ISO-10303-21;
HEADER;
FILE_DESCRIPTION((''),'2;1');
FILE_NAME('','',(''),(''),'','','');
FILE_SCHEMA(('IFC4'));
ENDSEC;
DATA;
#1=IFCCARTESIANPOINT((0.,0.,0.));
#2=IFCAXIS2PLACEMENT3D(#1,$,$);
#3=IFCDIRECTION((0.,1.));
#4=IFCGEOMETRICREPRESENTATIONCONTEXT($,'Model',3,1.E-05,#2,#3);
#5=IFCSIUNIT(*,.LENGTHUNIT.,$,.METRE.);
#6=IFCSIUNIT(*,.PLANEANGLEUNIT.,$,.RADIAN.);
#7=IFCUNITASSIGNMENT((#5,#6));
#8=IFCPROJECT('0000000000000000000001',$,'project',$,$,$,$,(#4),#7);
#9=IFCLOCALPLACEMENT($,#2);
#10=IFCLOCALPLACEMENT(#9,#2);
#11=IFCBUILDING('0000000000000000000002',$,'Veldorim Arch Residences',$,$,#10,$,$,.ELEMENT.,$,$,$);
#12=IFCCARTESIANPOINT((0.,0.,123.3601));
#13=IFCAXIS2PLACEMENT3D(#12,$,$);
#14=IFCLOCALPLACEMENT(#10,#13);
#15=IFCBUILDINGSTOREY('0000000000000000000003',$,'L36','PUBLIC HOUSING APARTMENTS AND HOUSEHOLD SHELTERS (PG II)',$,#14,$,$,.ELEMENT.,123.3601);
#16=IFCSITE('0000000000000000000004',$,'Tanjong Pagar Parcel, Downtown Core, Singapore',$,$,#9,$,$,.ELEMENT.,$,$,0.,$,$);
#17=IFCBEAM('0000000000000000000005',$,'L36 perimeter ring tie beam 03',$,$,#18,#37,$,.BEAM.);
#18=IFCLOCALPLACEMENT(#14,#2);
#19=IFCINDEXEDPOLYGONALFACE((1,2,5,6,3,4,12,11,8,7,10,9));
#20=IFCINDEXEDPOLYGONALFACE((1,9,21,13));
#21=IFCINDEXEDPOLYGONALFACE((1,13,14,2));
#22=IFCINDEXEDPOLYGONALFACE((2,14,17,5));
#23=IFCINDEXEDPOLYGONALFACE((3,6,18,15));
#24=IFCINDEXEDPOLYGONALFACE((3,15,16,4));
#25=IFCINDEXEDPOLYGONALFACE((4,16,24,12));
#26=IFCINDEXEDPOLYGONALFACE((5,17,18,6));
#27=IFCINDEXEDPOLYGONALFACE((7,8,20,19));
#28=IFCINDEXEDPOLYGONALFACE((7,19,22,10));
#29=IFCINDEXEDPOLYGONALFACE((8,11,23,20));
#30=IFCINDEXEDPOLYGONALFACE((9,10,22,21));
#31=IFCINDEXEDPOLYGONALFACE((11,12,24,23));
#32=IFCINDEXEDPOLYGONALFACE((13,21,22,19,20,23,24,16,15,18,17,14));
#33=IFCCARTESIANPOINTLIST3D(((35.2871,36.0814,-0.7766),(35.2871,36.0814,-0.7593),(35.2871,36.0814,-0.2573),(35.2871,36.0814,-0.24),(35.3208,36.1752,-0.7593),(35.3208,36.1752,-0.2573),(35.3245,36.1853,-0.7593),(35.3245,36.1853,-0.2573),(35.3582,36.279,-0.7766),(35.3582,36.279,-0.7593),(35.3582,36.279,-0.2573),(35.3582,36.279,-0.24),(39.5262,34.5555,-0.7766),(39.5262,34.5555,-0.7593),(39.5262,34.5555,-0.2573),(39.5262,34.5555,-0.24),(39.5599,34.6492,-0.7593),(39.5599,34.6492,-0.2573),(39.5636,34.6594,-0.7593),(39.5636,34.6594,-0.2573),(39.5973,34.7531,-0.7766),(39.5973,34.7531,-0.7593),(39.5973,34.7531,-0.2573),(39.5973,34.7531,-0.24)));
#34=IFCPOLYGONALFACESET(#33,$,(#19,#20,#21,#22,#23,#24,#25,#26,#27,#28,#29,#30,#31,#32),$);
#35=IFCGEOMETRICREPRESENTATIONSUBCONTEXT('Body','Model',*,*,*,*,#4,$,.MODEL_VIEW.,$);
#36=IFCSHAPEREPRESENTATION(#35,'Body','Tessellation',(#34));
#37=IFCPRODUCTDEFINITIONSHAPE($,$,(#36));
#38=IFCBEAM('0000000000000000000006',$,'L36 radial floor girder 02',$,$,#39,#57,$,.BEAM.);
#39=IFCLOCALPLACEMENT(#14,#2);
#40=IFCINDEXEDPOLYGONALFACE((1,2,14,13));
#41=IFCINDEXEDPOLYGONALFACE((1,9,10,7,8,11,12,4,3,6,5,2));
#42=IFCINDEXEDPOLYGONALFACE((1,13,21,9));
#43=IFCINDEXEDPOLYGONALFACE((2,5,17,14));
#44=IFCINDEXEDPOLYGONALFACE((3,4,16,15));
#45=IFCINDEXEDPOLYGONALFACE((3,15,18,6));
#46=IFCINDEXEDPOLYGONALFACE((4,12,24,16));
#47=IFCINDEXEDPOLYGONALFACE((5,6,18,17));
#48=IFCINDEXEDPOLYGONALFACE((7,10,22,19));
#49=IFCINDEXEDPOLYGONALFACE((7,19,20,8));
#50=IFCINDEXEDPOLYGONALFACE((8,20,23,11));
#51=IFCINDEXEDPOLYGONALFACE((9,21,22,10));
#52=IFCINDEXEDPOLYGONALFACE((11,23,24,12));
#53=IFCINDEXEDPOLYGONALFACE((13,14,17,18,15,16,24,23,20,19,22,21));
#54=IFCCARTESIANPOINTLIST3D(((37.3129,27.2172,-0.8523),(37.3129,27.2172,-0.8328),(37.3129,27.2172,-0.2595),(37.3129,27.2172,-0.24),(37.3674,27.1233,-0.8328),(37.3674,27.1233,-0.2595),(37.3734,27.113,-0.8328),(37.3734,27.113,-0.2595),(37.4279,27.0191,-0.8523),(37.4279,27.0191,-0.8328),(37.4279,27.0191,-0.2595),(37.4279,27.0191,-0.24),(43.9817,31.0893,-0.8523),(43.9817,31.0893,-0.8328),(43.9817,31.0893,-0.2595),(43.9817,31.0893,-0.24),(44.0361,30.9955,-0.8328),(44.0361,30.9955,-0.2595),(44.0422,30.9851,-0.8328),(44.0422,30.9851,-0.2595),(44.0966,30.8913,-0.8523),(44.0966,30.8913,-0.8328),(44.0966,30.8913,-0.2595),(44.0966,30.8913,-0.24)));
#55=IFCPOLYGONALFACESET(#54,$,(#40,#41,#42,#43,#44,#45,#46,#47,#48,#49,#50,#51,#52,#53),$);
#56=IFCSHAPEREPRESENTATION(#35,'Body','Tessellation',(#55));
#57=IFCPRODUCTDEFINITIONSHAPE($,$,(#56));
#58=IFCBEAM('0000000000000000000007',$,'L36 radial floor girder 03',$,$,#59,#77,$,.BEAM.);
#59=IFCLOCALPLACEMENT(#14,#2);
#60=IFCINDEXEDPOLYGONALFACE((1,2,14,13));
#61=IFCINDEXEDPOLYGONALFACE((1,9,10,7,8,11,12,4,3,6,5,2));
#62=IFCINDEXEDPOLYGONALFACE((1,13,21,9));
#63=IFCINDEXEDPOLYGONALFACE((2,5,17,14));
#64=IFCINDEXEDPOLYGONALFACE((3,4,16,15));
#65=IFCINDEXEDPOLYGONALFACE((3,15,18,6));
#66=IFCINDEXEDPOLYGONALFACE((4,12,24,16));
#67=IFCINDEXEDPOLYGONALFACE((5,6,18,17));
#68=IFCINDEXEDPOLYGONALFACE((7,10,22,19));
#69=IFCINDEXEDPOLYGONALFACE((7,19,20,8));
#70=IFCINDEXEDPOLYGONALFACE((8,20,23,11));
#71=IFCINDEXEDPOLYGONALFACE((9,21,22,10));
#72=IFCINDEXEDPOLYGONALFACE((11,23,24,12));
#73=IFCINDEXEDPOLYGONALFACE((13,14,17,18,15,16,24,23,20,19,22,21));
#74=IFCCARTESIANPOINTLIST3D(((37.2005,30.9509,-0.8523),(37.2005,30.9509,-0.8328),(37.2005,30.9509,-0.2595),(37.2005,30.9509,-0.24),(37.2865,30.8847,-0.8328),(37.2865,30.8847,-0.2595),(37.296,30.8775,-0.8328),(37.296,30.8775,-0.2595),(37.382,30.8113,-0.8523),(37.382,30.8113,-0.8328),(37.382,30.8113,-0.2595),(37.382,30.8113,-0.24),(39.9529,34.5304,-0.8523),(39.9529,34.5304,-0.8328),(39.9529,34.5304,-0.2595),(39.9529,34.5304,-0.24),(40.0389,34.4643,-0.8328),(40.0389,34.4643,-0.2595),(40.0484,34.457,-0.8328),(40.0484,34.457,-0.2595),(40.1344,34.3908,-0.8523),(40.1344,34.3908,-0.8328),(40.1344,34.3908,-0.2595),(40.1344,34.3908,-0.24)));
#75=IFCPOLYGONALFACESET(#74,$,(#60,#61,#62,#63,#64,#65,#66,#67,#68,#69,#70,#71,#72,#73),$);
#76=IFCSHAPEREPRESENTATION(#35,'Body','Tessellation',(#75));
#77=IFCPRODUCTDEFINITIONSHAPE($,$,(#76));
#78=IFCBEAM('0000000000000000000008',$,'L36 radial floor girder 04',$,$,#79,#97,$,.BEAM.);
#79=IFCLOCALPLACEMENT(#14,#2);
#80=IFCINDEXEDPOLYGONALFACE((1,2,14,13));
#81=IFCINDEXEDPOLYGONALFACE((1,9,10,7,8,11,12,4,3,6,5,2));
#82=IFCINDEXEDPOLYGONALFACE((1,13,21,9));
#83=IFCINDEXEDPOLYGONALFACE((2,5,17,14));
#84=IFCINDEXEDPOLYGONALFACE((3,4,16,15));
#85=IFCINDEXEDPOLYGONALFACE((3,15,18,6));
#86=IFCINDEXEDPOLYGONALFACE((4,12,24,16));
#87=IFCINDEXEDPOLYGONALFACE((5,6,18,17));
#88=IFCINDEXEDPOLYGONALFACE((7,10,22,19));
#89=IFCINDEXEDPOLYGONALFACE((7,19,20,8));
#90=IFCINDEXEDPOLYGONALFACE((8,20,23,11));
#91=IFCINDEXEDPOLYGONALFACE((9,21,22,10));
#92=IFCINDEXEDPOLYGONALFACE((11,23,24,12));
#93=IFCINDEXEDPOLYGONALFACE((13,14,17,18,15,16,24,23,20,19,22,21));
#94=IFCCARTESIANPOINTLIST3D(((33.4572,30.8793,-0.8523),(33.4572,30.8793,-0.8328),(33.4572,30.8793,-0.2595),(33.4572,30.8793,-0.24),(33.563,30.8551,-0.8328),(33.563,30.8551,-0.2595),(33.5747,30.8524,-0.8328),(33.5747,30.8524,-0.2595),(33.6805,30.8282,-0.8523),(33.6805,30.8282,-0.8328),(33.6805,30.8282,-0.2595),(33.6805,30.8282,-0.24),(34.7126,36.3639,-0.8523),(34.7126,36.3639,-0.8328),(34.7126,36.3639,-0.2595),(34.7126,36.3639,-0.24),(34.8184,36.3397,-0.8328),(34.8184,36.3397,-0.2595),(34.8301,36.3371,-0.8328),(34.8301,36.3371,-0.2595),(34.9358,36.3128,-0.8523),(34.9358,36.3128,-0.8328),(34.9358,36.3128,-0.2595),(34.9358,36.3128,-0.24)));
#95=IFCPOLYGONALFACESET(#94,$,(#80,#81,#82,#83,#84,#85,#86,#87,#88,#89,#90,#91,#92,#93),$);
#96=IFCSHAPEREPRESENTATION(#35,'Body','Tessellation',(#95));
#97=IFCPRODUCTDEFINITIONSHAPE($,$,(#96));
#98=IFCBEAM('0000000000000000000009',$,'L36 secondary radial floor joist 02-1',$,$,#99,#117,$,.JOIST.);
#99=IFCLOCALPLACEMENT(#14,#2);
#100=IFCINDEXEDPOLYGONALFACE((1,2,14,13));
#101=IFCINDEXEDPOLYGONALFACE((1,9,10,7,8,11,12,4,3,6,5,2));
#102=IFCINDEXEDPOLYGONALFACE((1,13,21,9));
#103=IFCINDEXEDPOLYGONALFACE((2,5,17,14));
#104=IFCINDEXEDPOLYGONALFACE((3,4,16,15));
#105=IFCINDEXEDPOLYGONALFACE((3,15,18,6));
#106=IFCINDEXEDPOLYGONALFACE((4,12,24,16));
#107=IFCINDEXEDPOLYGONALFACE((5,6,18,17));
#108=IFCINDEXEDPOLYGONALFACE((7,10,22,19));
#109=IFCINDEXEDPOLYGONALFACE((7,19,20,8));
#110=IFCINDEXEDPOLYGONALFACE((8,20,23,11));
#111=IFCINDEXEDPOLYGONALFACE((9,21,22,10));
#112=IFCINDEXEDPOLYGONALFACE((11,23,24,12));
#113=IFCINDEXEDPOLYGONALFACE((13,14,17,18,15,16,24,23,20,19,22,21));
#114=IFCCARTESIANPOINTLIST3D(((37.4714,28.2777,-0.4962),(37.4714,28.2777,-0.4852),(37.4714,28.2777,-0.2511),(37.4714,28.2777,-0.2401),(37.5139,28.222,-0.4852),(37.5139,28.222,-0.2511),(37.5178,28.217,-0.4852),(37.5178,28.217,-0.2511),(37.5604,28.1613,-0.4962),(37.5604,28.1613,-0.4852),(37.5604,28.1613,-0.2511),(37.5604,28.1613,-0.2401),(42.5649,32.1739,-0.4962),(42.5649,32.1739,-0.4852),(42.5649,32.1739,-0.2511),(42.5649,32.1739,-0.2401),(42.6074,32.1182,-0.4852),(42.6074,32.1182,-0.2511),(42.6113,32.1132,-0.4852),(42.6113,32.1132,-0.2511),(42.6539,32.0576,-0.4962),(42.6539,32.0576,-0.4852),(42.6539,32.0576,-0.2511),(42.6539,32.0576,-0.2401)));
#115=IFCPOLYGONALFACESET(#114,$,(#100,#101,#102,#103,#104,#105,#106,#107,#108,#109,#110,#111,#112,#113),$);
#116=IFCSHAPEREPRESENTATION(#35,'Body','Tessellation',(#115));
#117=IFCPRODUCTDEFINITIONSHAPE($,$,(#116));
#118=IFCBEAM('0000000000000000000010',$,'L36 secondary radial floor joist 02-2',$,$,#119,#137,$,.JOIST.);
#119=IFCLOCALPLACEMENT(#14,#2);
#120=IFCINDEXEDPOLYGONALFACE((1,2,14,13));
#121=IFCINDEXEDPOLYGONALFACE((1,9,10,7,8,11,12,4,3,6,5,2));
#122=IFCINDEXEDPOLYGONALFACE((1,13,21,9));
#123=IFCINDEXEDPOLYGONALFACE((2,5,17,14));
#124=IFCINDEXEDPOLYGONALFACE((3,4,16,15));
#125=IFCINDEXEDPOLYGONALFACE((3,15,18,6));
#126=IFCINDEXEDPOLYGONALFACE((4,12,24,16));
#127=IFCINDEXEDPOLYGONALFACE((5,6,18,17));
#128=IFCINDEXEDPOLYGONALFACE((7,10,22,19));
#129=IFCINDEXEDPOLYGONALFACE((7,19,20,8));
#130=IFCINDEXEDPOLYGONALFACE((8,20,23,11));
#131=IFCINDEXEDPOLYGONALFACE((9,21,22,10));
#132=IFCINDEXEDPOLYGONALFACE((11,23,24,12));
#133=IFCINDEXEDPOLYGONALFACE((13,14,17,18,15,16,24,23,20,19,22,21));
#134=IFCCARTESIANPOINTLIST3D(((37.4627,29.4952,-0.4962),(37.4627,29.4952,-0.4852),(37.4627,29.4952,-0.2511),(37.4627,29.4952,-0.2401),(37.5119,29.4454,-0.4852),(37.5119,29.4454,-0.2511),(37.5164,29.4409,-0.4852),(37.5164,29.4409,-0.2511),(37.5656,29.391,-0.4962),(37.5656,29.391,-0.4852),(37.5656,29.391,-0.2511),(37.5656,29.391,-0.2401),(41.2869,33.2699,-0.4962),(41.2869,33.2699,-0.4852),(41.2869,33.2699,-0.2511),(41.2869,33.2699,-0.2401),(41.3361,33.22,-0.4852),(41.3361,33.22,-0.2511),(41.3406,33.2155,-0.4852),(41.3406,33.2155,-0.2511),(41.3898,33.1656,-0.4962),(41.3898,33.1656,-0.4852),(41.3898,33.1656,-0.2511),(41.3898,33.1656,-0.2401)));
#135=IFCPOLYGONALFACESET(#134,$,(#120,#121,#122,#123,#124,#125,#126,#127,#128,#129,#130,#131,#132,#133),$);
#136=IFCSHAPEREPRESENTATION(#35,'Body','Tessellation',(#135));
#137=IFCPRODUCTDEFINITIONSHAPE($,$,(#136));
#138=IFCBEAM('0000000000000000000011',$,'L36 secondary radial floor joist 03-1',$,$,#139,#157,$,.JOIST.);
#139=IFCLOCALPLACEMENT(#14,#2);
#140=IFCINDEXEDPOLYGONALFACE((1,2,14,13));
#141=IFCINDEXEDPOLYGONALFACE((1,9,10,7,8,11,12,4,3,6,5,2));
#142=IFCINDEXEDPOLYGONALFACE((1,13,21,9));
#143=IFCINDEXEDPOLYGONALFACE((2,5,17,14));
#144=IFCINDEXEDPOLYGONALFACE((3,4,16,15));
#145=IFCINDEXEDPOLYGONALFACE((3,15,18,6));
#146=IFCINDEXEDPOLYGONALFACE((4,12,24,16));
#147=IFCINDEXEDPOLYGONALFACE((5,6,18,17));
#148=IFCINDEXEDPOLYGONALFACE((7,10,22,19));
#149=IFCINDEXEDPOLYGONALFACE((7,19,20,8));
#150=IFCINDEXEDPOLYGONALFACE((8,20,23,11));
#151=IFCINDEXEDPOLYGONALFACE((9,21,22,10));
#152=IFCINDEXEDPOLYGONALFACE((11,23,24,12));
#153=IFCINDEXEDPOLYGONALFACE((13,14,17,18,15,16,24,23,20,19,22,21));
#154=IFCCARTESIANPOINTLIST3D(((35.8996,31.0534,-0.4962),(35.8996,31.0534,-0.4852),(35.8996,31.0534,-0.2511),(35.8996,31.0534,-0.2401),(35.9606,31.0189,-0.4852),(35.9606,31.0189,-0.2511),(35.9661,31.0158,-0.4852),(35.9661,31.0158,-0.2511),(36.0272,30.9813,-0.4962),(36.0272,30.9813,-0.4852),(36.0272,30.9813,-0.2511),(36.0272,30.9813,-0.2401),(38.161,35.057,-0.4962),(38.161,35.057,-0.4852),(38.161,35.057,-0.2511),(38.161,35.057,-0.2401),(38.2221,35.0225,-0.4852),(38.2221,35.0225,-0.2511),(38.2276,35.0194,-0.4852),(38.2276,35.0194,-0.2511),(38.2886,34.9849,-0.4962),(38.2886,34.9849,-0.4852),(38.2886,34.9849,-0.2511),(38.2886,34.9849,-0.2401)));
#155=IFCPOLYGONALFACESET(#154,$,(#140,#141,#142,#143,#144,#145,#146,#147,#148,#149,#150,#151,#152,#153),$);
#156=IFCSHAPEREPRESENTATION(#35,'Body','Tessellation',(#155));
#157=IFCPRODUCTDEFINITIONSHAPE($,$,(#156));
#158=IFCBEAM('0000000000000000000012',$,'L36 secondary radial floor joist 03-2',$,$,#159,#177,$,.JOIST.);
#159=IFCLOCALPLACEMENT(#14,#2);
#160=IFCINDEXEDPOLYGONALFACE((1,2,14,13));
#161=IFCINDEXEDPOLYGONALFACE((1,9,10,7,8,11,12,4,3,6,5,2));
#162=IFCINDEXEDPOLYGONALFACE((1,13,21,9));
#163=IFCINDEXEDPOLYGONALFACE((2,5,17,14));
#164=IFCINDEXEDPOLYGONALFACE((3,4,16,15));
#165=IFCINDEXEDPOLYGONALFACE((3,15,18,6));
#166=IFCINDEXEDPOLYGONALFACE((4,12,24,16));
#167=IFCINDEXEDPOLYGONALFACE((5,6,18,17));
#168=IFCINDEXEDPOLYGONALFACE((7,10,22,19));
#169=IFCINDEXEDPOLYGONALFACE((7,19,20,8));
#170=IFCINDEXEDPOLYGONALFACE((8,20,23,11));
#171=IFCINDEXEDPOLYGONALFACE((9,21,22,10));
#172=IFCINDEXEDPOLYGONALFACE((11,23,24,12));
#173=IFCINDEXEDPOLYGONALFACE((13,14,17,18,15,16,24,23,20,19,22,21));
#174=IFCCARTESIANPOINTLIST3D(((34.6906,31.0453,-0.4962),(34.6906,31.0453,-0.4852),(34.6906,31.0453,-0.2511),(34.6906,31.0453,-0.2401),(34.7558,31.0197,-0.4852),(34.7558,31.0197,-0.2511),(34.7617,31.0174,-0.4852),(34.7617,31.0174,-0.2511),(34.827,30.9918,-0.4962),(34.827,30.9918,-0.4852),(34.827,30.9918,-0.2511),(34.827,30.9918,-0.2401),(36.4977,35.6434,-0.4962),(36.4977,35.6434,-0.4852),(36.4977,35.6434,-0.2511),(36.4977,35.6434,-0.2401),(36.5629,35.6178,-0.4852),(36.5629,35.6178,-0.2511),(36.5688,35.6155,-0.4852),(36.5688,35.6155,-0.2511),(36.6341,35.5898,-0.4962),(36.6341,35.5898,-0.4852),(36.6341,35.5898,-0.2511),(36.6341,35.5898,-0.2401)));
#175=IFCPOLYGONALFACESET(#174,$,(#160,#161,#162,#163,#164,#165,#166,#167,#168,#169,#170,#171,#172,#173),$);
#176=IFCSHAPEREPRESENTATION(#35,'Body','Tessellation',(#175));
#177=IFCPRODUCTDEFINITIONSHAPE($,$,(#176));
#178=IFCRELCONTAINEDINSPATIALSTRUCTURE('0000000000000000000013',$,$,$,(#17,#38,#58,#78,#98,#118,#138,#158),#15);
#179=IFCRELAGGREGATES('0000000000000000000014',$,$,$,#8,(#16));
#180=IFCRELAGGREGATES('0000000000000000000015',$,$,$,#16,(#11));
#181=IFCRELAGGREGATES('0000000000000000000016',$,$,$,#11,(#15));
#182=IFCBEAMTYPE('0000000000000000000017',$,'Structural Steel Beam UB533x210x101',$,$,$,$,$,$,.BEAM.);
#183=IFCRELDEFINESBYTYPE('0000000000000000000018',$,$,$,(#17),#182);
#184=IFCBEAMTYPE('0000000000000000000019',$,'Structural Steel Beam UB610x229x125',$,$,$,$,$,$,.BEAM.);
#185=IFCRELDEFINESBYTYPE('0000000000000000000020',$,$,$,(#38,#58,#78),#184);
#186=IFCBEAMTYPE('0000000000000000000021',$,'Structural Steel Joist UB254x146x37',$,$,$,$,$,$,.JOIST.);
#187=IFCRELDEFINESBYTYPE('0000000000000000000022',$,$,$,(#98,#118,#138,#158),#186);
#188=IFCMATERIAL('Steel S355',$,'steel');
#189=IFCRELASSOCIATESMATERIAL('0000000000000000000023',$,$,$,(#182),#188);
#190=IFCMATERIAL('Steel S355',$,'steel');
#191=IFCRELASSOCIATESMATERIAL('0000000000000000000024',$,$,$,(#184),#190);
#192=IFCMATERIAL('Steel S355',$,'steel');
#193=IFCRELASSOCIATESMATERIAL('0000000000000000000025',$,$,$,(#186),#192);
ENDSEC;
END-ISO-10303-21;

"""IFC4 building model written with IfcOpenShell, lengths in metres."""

from ifc_helpers import new_model, si_unit, direction, frame, origin, origin_2d, place, context, subcontext, project, spatial, i_section, extrude, material, material_profile, profile_set, type_object, element, save


model = new_model("IFC4")

# Units and contexts
model_context = context("Model", 3, precision=1e-05, world=origin(), true_north=direction((0.0, 1.0)))
body_context = subcontext(model_context, "Body", "Model", "MODEL_VIEW")
ifc_project = project(units=[si_unit("LENGTHUNIT", "METRE"), si_unit("PLANEANGLEUNIT", "RADIAN")], contexts=[model_context])

# Site, building, storey
site_placement = place(None, origin())
site = spatial("IfcSite", under=ifc_project, at=site_placement, Name="Tanjong Pagar Parcel, Downtown Core, Singapore", CompositionType="ELEMENT", RefElevation=0.0)
building_placement = place(site_placement, origin())
building = spatial("IfcBuilding", under=site, at=building_placement, Name="Veldorim Arch Residences", CompositionType="ELEMENT")
storey_placement = place(building_placement, frame((0.0, 0.0, 123.3601)))
storey = spatial("IfcBuildingStorey", under=building, at=storey_placement, Name="L36", Description="PUBLIC HOUSING APARTMENTS AND HOUSEHOLD SHELTERS (PG II)", CompositionType="ELEMENT", Elevation=123.3601)

# Beams
ifc_material_1 = material(Name="Steel S355", Category="steel")
ifc_material_profile_1 = material_profile(ifc_material_1, i_section(OverallWidth=0.21, OverallDepth=0.5366, WebThickness=0.0107, FlangeThickness=0.0173, at=origin_2d()), Name="UB533x210x101")
ifc_profile_set_1 = profile_set([ifc_material_profile_1], Name="Steel S355")
beam_type_1 = type_object("IfcBeamType", Name="Structural Steel Beam UB533x210x101", PredefinedType="BEAM", material=ifc_profile_set_1)
beam_1_placement = place(storey_placement, frame((39.5618, 34.6543, -0.5083), z_axis=(-0.940899, 0.338687, 0.0), x_axis=(-0.338687, -0.940899, 0.0)))
element("IfcBeam", 1, at=beam_1_placement, inside=storey, type_object=beam_type_1, Name="L36 perimeter ring tie beam 03", PredefinedType="BEAM", context=body_context, shape_type="SweptSolid", body=[
    extrude(i_section(OverallWidth=0.21, OverallDepth=0.5366, WebThickness=0.0107, FlangeThickness=0.0173, at=origin_2d()), origin(), (0.0, 0.0, 1.0), 4.5054),
])
ifc_material_2 = material(Name="Steel S355", Category="steel")
ifc_material_profile_2 = material_profile(ifc_material_2, i_section(OverallWidth=0.229, OverallDepth=0.6123, WebThickness=0.012, FlangeThickness=0.0195, at=origin_2d()), Name="UB610x229x125")
ifc_profile_set_2 = profile_set([ifc_material_profile_2], Name="Steel S355")
beam_type_2 = type_object("IfcBeamType", Name="Structural Steel Beam UB610x229x125", PredefinedType="BEAM", material=ifc_profile_set_2)
beam_2_placement = place(storey_placement, frame((37.3704, 27.1182, -0.5461), z_axis=(0.864793, 0.502128, 0.0), x_axis=(-0.502128, 0.864793, 0.0)))
element("IfcBeam", 2, at=beam_2_placement, inside=storey, type_object=beam_type_2, Name="L36 radial floor girder 02", PredefinedType="BEAM", context=body_context, shape_type="SweptSolid", body=[
    extrude(i_section(OverallWidth=0.229, OverallDepth=0.6123, WebThickness=0.012, FlangeThickness=0.0195, at=origin_2d()), origin(), (0.0, 0.0, 1.0), 7.7114),
])
beam_3_placement = place(storey_placement, frame((37.2913, 30.8811, -0.5461), z_axis=(0.609559, 0.792741, 0.0), x_axis=(-0.792741, 0.609559, 0.0)))
element("IfcBeam", 3, at=beam_3_placement, inside=storey, type_object=beam_type_2, Name="L36 radial floor girder 03", PredefinedType="BEAM", context=body_context, shape_type="SweptSolid", body=[
    extrude(i_section(OverallWidth=0.229, OverallDepth=0.6123, WebThickness=0.012, FlangeThickness=0.0195, at=origin_2d()), origin(), (0.0, 0.0, 1.0), 4.5154),
])
beam_4_placement = place(storey_placement, frame((33.5688, 30.8538, -0.5461), z_axis=(0.223119, 0.974791, 0.0), x_axis=(-0.974791, 0.223119, 0.0)))
element("IfcBeam", 4, at=beam_4_placement, inside=storey, type_object=beam_type_2, Name="L36 radial floor girder 04", PredefinedType="BEAM", context=body_context, shape_type="SweptSolid", body=[
    extrude(i_section(OverallWidth=0.229, OverallDepth=0.6123, WebThickness=0.012, FlangeThickness=0.0195, at=origin_2d()), origin(), (0.0, 0.0, 1.0), 5.6265),
])
ifc_material_3 = material(Name="Steel S355", Category="steel")
ifc_material_profile_3 = material_profile(ifc_material_3, i_section(OverallWidth=0.1465, OverallDepth=0.2561, WebThickness=0.0063, FlangeThickness=0.011, at=origin_2d()), Name="UB254x146x37")
ifc_profile_set_3 = profile_set([ifc_material_profile_3], Name="Steel S355")
beam_type_3 = type_object("IfcBeamType", Name="Structural Steel Joist UB254x146x37", PredefinedType="JOIST", material=ifc_profile_set_3)
beam_5_placement = place(storey_placement, frame((37.5159, 28.2195, -0.3682), z_axis=(0.794267, 0.607569, 0.0), x_axis=(-0.607569, 0.794267, 0.0)))
element("IfcBeam", 5, at=beam_5_placement, inside=storey, type_object=beam_type_3, Name="L36 secondary radial floor joist 02-1", PredefinedType="JOIST", context=body_context, shape_type="SweptSolid", body=[
    extrude(i_section(OverallWidth=0.1465, OverallDepth=0.2561, WebThickness=0.0063, FlangeThickness=0.011, at=origin_2d()), origin(), (0.0, 0.0, 1.0), 6.4128),
])
beam_6_placement = place(storey_placement, frame((37.5142, 29.4431, -0.3682), z_axis=(0.711703, 0.70248, 0.0), x_axis=(-0.70248, 0.711703, 0.0)))
element("IfcBeam", 6, at=beam_6_placement, inside=storey, type_object=beam_type_3, Name="L36 secondary radial floor joist 02-2", PredefinedType="JOIST", context=body_context, shape_type="SweptSolid", body=[
    extrude(i_section(OverallWidth=0.1465, OverallDepth=0.2561, WebThickness=0.0063, FlangeThickness=0.011, at=origin_2d()), origin(), (0.0, 0.0, 1.0), 5.3733),
])
beam_7_placement = place(storey_placement, frame((35.9634, 31.0173, -0.3682), z_axis=(0.491816, 0.870699, 0.0), x_axis=(-0.870699, 0.491816, 0.0)))
element("IfcBeam", 7, at=beam_7_placement, inside=storey, type_object=beam_type_3, Name="L36 secondary radial floor joist 03-1", PredefinedType="JOIST", context=body_context, shape_type="SweptSolid", body=[
    extrude(i_section(OverallWidth=0.1465, OverallDepth=0.2561, WebThickness=0.0063, FlangeThickness=0.011, at=origin_2d()), origin(), (0.0, 0.0, 1.0), 4.5981),
])
beam_8_placement = place(storey_placement, frame((34.7588, 31.0186, -0.3682), z_axis=(0.365778, 0.930702, 0.0), x_axis=(-0.930702, 0.365778, 0.0)))
element("IfcBeam", 8, at=beam_8_placement, inside=storey, type_object=beam_type_3, Name="L36 secondary radial floor joist 03-2", PredefinedType="JOIST", context=body_context, shape_type="SweptSolid", body=[
    extrude(i_section(OverallWidth=0.1465, OverallDepth=0.2561, WebThickness=0.0063, FlangeThickness=0.011, at=origin_2d()), origin(), (0.0, 0.0, 1.0), 4.9404),
])

save(model, "model.ifc")
